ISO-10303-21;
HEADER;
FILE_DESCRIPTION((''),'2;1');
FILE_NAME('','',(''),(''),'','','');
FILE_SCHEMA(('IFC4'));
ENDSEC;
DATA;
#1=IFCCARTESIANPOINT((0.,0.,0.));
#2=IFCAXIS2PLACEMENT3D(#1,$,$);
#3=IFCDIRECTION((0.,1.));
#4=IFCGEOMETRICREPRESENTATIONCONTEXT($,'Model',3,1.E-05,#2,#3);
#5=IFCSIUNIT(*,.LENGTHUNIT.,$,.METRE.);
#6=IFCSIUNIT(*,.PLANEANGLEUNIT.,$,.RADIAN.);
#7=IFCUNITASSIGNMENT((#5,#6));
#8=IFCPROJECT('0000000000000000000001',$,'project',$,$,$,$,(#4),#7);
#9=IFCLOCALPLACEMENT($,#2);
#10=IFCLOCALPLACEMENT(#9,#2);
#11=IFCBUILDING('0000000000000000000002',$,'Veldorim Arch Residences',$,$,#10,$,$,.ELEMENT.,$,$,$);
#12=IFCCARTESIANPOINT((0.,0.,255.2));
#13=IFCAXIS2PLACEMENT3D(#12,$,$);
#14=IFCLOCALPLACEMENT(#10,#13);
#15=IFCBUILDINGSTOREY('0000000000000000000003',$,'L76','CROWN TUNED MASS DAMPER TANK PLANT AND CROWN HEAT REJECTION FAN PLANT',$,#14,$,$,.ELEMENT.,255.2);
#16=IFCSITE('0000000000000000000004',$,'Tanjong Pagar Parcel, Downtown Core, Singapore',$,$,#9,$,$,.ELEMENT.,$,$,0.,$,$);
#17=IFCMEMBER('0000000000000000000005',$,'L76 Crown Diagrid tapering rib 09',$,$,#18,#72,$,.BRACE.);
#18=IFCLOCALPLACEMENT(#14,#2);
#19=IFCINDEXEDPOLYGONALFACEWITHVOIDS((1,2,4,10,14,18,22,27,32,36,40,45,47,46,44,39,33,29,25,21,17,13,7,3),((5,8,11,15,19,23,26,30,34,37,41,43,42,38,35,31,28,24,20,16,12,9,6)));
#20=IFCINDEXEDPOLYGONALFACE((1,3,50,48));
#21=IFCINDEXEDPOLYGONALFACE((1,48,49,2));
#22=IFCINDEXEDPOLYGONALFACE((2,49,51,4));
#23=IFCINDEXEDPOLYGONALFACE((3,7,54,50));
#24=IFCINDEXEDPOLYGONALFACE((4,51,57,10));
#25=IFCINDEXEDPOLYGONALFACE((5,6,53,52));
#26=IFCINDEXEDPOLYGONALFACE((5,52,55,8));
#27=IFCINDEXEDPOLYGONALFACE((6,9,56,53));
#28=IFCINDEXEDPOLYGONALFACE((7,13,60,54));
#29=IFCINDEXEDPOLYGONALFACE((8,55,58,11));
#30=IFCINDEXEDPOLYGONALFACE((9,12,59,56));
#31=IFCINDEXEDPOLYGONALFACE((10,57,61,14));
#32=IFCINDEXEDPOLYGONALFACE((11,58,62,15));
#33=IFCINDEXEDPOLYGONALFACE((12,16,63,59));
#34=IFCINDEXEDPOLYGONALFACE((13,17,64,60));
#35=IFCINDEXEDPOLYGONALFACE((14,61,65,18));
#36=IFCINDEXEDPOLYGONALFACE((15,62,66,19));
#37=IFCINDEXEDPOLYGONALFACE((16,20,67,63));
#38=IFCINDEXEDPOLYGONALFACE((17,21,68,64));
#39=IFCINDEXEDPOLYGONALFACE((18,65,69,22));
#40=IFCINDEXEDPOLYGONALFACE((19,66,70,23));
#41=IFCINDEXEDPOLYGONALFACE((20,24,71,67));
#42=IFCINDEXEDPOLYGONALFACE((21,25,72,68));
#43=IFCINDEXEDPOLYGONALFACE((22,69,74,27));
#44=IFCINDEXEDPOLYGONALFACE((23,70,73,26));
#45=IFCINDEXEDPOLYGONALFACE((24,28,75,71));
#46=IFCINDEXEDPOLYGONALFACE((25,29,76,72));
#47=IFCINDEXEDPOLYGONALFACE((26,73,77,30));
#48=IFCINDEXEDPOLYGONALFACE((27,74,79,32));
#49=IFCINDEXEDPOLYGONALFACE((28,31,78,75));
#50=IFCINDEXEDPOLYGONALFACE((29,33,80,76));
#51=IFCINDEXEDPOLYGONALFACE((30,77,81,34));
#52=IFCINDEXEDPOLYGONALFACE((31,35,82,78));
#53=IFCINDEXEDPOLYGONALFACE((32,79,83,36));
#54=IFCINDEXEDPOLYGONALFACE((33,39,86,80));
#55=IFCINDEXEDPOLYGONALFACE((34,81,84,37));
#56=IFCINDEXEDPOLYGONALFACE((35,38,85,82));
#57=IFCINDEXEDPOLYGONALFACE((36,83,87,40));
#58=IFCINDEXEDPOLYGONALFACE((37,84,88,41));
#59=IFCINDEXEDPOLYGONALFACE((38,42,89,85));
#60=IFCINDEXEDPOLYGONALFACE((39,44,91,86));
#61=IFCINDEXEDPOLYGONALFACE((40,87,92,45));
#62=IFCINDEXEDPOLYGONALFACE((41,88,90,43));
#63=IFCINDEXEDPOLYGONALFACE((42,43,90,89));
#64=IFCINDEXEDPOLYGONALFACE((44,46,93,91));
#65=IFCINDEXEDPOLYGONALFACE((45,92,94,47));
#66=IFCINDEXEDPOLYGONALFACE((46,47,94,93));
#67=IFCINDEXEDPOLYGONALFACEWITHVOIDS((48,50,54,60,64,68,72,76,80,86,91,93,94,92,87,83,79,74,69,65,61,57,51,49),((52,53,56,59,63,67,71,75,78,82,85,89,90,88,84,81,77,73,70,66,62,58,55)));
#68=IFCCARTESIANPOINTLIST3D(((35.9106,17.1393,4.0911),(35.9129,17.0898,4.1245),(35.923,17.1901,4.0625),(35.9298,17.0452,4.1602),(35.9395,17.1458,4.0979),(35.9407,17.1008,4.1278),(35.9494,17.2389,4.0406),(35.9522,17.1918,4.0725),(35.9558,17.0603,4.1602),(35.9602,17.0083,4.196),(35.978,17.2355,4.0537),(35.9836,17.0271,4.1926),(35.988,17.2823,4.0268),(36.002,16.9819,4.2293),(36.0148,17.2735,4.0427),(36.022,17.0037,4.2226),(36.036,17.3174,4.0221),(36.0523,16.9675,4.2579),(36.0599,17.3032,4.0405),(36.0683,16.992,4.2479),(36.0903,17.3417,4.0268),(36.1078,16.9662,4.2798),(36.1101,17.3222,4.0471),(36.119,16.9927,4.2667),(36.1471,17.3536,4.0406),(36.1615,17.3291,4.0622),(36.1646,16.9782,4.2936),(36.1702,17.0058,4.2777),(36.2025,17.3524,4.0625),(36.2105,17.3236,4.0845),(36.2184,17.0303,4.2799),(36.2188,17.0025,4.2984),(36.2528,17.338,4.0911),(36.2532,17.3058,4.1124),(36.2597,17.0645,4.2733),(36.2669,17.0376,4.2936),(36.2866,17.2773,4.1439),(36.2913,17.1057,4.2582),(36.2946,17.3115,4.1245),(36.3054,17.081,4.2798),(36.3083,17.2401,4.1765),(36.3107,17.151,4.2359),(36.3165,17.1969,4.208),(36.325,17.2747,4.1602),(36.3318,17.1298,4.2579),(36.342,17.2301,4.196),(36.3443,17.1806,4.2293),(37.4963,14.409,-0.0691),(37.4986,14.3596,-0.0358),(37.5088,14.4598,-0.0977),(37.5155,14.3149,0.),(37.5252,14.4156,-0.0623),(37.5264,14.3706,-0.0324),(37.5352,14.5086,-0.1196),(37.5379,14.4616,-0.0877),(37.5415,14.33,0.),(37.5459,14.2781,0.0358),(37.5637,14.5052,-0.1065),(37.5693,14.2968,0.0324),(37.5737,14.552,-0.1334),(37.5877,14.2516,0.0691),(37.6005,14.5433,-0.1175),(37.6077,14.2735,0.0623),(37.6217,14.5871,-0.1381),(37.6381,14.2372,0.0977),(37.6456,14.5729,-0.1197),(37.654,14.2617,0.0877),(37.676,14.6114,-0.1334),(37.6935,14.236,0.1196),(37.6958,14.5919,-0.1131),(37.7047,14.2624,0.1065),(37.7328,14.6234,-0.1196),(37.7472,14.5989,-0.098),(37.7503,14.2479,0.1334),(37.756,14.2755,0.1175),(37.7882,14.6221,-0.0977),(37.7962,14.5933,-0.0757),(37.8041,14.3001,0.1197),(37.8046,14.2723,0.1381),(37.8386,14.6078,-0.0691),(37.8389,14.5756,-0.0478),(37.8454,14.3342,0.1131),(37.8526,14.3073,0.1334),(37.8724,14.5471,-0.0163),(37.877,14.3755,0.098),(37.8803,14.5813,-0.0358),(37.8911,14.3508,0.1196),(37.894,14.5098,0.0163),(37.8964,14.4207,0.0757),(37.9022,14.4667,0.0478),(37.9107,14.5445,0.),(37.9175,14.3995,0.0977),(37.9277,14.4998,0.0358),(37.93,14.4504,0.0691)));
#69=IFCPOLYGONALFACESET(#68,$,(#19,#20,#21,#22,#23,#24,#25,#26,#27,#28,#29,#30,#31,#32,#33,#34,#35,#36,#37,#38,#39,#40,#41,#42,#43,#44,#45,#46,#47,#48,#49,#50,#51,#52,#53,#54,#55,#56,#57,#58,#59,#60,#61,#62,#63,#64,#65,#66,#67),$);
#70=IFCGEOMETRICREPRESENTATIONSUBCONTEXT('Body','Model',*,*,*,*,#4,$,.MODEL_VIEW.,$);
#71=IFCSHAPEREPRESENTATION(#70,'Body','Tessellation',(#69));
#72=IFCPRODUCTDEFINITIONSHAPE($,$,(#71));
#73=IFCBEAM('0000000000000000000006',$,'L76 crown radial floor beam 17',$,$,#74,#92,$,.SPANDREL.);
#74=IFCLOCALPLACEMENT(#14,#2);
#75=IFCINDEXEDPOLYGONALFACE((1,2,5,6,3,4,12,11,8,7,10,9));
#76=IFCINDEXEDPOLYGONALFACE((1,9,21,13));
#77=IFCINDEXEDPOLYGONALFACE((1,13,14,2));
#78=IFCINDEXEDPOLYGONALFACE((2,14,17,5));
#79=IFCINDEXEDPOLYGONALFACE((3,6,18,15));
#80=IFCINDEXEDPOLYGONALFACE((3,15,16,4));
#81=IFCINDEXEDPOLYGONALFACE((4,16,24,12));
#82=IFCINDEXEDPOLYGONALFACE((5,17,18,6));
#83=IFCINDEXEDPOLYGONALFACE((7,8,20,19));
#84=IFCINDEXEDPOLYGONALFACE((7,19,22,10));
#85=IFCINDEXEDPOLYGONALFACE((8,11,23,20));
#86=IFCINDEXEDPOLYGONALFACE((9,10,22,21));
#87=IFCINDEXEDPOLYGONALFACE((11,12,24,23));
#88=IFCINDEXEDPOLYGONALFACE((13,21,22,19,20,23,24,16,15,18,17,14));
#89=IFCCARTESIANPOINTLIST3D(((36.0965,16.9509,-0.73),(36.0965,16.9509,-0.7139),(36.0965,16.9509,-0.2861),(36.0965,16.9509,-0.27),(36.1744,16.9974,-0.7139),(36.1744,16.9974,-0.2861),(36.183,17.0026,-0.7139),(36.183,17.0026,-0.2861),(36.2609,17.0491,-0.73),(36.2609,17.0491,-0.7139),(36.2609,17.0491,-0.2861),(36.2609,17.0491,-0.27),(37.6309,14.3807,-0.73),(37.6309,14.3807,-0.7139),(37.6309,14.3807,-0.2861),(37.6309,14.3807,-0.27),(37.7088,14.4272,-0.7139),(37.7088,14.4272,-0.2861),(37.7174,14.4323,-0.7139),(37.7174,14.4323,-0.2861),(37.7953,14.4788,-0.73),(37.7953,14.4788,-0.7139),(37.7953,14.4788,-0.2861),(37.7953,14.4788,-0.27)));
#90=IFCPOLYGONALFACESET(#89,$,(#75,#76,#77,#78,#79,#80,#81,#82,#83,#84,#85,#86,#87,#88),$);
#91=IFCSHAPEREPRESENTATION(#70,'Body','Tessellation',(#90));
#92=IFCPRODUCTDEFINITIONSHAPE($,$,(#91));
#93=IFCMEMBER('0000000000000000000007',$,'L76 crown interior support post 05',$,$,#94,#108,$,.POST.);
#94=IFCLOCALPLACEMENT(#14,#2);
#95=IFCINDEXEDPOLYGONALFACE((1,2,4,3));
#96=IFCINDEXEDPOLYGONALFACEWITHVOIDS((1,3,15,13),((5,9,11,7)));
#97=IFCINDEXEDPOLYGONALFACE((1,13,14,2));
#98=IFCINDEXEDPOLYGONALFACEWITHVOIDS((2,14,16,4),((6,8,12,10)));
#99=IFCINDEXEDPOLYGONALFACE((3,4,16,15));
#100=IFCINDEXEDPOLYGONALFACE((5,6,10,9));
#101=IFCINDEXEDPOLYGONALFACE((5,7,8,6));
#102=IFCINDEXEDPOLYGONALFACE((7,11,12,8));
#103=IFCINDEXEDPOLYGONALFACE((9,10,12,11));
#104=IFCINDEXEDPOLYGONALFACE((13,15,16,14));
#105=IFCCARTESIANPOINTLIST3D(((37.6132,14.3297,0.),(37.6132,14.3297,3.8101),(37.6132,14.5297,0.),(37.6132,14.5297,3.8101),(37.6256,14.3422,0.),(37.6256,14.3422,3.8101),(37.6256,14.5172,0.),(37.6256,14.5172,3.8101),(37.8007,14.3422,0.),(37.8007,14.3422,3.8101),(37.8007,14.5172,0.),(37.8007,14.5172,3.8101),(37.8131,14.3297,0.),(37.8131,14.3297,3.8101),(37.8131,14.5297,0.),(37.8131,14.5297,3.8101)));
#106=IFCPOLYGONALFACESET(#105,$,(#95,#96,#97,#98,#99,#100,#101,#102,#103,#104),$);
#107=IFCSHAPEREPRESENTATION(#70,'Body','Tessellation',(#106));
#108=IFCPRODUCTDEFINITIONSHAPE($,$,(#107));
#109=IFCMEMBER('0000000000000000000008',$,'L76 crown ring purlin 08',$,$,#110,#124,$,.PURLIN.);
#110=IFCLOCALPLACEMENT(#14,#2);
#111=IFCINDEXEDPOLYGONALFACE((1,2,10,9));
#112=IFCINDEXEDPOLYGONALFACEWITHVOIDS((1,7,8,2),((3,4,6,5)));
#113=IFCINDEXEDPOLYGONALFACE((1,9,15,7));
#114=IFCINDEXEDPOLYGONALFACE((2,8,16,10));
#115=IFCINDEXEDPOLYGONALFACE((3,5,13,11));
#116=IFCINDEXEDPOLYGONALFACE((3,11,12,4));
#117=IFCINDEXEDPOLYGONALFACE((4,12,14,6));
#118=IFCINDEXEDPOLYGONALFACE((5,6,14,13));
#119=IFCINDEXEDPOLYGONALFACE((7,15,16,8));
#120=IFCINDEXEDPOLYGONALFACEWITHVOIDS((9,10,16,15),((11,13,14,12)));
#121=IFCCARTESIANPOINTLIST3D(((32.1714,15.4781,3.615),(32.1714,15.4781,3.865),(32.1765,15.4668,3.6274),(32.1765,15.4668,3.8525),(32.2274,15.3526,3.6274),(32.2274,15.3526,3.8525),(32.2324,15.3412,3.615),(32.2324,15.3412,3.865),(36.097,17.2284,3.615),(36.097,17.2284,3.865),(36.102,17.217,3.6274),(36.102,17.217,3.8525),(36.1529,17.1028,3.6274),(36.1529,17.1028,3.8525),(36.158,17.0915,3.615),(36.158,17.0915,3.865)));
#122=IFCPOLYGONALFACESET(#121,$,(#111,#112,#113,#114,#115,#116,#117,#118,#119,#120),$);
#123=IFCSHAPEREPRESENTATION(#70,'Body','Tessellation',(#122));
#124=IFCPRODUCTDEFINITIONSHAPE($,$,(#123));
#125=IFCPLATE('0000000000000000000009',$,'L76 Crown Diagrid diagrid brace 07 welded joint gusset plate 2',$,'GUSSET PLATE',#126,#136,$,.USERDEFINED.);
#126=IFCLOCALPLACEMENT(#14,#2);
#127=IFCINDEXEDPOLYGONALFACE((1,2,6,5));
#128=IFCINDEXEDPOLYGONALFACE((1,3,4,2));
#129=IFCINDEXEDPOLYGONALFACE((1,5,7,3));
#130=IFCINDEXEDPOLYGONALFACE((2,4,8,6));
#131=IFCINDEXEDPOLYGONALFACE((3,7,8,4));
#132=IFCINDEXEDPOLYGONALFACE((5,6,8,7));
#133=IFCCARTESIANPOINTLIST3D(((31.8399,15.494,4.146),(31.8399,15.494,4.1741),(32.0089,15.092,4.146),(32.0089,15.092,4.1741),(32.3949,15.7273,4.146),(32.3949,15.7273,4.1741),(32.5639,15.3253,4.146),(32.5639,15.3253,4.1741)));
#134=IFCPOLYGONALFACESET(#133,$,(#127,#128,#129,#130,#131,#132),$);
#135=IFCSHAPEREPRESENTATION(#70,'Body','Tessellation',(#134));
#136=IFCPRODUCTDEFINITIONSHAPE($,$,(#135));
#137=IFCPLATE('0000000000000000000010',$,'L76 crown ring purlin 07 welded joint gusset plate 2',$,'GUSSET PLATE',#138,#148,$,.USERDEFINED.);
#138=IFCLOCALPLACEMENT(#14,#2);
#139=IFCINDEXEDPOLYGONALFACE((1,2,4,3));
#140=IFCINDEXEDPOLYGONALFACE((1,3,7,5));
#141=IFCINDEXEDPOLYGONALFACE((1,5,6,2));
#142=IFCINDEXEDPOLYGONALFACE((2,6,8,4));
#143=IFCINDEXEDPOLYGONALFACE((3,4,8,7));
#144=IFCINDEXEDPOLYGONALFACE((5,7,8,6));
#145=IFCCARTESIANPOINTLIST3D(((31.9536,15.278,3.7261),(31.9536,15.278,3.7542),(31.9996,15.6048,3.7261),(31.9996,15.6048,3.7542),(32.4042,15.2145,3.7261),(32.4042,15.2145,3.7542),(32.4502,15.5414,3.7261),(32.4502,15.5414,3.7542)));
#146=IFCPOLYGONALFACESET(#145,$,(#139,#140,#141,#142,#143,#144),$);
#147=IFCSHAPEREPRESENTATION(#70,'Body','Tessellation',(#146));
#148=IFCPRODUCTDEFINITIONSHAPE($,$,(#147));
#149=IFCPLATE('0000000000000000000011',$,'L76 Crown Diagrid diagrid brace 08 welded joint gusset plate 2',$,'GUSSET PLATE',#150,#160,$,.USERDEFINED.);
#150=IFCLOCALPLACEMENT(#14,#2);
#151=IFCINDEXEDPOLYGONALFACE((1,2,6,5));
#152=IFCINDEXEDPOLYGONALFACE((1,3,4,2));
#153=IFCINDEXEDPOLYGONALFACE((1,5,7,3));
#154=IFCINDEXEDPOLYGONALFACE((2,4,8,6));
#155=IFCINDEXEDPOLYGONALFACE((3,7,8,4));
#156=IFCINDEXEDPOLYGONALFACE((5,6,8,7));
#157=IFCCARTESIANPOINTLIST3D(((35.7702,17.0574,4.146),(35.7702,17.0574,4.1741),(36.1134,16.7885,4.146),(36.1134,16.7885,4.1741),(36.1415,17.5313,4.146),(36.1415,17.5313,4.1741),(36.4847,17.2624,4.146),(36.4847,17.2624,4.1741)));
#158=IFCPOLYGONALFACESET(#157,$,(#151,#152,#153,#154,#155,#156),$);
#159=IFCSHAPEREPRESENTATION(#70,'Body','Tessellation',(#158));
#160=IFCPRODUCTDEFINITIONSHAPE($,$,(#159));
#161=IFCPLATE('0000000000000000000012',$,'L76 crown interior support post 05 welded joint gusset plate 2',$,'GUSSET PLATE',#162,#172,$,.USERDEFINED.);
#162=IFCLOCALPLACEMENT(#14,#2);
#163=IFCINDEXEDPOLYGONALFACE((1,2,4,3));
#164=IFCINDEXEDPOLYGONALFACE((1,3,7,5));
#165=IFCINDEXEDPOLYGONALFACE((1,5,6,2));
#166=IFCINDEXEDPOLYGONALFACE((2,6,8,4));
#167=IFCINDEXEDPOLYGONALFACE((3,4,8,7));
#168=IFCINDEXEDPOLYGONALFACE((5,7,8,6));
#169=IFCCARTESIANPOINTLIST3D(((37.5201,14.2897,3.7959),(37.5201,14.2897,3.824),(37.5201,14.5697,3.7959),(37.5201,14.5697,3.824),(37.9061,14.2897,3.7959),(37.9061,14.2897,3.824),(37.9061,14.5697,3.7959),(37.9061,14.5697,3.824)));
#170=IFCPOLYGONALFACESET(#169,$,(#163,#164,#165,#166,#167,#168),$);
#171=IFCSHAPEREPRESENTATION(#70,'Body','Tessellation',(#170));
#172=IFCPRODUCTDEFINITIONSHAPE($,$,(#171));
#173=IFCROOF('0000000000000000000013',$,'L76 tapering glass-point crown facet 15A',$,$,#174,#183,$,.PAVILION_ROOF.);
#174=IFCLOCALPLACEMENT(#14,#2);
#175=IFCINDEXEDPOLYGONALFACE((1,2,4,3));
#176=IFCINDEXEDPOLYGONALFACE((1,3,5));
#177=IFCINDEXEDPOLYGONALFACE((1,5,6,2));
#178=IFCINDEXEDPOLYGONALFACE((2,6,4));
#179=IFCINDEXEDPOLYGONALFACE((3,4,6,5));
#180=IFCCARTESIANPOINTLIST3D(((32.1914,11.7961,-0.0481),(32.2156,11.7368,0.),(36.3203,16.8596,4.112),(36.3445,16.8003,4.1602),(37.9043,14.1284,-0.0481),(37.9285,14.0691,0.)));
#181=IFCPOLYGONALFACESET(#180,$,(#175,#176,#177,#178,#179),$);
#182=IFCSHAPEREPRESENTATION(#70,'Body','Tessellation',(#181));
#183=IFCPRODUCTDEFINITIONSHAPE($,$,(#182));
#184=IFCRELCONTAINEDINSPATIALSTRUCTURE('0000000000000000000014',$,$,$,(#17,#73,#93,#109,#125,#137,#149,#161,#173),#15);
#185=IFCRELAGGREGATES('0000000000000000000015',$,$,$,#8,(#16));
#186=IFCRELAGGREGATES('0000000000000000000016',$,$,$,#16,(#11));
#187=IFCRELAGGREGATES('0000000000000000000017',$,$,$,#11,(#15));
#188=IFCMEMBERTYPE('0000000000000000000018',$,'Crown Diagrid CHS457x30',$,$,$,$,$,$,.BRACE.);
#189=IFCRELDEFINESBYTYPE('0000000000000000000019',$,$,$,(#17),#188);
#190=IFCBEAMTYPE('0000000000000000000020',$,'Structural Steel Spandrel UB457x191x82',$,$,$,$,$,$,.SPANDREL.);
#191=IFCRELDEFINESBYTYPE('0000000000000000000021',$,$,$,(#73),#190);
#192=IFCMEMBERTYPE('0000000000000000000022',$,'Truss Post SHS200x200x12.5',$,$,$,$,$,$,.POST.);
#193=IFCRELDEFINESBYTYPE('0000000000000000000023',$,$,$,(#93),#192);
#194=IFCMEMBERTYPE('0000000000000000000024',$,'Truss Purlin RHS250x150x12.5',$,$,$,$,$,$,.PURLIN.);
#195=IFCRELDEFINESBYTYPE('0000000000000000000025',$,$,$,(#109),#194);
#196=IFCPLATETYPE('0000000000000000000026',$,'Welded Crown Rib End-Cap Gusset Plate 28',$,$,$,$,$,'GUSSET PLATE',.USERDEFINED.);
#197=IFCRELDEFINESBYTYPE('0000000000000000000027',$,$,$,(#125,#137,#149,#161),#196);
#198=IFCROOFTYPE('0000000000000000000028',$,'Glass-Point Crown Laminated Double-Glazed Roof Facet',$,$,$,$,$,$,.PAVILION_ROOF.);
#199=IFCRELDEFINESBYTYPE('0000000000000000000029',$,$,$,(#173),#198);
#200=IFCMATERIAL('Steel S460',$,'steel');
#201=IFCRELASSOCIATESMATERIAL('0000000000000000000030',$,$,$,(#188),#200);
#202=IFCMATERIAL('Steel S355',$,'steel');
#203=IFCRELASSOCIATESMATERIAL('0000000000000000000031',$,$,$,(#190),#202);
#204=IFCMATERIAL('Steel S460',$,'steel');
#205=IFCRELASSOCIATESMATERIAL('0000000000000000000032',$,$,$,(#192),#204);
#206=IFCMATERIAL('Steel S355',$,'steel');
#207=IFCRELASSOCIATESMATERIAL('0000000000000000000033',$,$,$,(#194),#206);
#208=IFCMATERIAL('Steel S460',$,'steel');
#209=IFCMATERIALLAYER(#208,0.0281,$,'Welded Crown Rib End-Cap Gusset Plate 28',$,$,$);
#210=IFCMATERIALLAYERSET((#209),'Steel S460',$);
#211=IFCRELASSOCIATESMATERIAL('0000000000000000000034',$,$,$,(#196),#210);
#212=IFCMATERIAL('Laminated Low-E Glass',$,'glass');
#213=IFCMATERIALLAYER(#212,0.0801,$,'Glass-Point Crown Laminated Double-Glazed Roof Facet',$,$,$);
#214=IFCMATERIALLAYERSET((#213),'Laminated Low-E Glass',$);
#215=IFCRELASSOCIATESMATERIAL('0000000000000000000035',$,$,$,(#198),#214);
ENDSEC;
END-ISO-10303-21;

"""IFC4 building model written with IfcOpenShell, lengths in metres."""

from ifc_helpers import new_model, si_unit, direction, frame, origin, origin_2d, place, context, subcontext, project, spatial, polyline, rectangle, hollow_rectangle, hollow_circle, i_section, outline, extrude, material, layer, layer_set, material_profile, profile_set, type_object, element, save


model = new_model("IFC4")

# Units and contexts
model_context = context("Model", 3, precision=1e-05, world=origin(), true_north=direction((0.0, 1.0)))
body_context = subcontext(model_context, "Body", "Model", "MODEL_VIEW")
ifc_project = project(units=[si_unit("LENGTHUNIT", "METRE"), si_unit("PLANEANGLEUNIT", "RADIAN")], contexts=[model_context])

# Site, building, storey
site_placement = place(None, origin())
site = spatial("IfcSite", under=ifc_project, at=site_placement, Name="Tanjong Pagar Parcel, Downtown Core, Singapore", CompositionType="ELEMENT", RefElevation=0.0)
building_placement = place(site_placement, origin())
building = spatial("IfcBuilding", under=site, at=building_placement, Name="Veldorim Arch Residences", CompositionType="ELEMENT")
storey_placement = place(building_placement, frame((0.0, 0.0, 255.2)))
storey = spatial("IfcBuildingStorey", under=building, at=storey_placement, Name="L76", Description="CROWN TUNED MASS DAMPER TANK PLANT AND CROWN HEAT REJECTION FAN PLANT", CompositionType="ELEMENT", Elevation=255.2)

# Member
ifc_material_1 = material(Name="Steel S460", Category="steel")
ifc_material_profile_1 = material_profile(ifc_material_1, hollow_circle(Radius=0.2285, WallThickness=0.03, at=origin_2d()), Name="CHS457x30")
ifc_profile_set_1 = profile_set([ifc_material_profile_1], Name="Steel S460")
member_type_1 = type_object("IfcMemberType", Name="Crown Diagrid CHS457x30", PredefinedType="BRACE", material=ifc_profile_set_1)
member_1_placement = place(storey_placement, frame((37.7131, 14.4297, 0.0), z_axis=(-0.303622, 0.522772, 0.79657), x_axis=(-0.864734, -0.502231, 0.0)))
element("IfcMember", 1, at=member_1_placement, inside=storey, type_object=member_type_1, Name="L76 Crown Diagrid tapering rib 09", PredefinedType="BRACE", context=body_context, shape_type="SweptSolid", body=[
    extrude(hollow_circle(Radius=0.2285, WallThickness=0.03, at=origin_2d()), origin(), (0.0, 0.0, 1.0), 5.2227),
])

# Beam
ifc_material_2 = material(Name="Steel S355", Category="steel")
ifc_material_profile_2 = material_profile(ifc_material_2, i_section(OverallWidth=0.1914, OverallDepth=0.46, WebThickness=0.01, FlangeThickness=0.0161, at=origin_2d()), Name="UB457x191x82")
ifc_profile_set_2 = profile_set([ifc_material_profile_2], Name="Steel S355")
beam_type = type_object("IfcBeamType", Name="Structural Steel Spandrel UB457x191x82", PredefinedType="SPANDREL", material=ifc_profile_set_2)
beam_placement = place(storey_placement, frame((36.1787, 17.0, -0.5), z_axis=(0.512587, -0.858635, 0.0), x_axis=(0.858635, 0.512587, 0.0)))
element("IfcBeam", 2, at=beam_placement, inside=storey, type_object=beam_type, Name="L76 crown radial floor beam 17", PredefinedType="SPANDREL", context=body_context, shape_type="SweptSolid", body=[
    extrude(i_section(OverallWidth=0.1914, OverallDepth=0.46, WebThickness=0.01, FlangeThickness=0.0161, at=origin_2d()), origin(), (0.0, 0.0, 1.0), 2.9934),
])

# Members
ifc_material_3 = material(Name="Steel S460", Category="steel")
ifc_material_profile_3 = material_profile(ifc_material_3, hollow_rectangle(XDim=0.2, YDim=0.2, WallThickness=0.0125, at=origin_2d()), Name="SHS200x200x12.5")
ifc_profile_set_3 = profile_set([ifc_material_profile_3], Name="Steel S460")
member_type_2 = type_object("IfcMemberType", Name="Truss Post SHS200x200x12.5", PredefinedType="POST", material=ifc_profile_set_3)
member_2_placement = place(storey_placement, frame((37.7131, 14.4297, 0.0), z_axis=(0.0, 0.0, 1.0), x_axis=(1.0, 0.0, 0.0)))
element("IfcMember", 3, at=member_2_placement, inside=storey, type_object=member_type_2, Name="L76 crown interior support post 05", PredefinedType="POST", context=body_context, shape_type="SweptSolid", body=[
    extrude(hollow_rectangle(XDim=0.2, YDim=0.2, WallThickness=0.0125, at=origin_2d()), origin(), (0.0, 0.0, 1.0), 3.8101),
])
ifc_material_4 = material(Name="Steel S355", Category="steel")
ifc_material_profile_4 = material_profile(ifc_material_4, hollow_rectangle(XDim=0.1499, YDim=0.25, WallThickness=0.0125, at=origin_2d()), Name="RHS250x150x12.5")
ifc_profile_set_4 = profile_set([ifc_material_profile_4], Name="Steel S355")
member_type_3 = type_object("IfcMemberType", Name="Truss Purlin RHS250x150x12.5", PredefinedType="PURLIN", material=ifc_profile_set_4)
member_3_placement = place(storey_placement, frame((32.2019, 15.4097, 3.74), z_axis=(0.913331, 0.407219, 0.0), x_axis=(-0.407219, 0.913331, 0.0)))
element("IfcMember", 4, at=member_3_placement, inside=storey, type_object=member_type_3, Name="L76 crown ring purlin 08", PredefinedType="PURLIN", context=body_context, shape_type="SweptSolid", body=[
    extrude(hollow_rectangle(XDim=0.1499, YDim=0.25, WallThickness=0.0125, at=origin_2d()), origin(), (0.0, 0.0, 1.0), 4.2981),
])

# Plates
ifc_material_5 = material(Name="Steel S460", Category="steel")
ifc_layer_1 = layer(ifc_material_5, 0.0281, Name="Welded Crown Rib End-Cap Gusset Plate 28")
ifc_layer_set_1 = layer_set([ifc_layer_1], Name="Steel S460")
plate_type = type_object("IfcPlateType", Name="Welded Crown Rib End-Cap Gusset Plate 28", ElementType="GUSSET PLATE", PredefinedType="USERDEFINED", material=ifc_layer_set_1)
plate_1_placement = place(storey_placement, frame((32.2019, 15.4097, 4.146), z_axis=(0.0, 0.0, 1.0), x_axis=(0.921883, 0.387467, 0.0)))
element("IfcPlate", 5, at=plate_1_placement, inside=storey, type_object=plate_type, Name="L76 Crown Diagrid diagrid brace 07 welded joint gusset plate 2", ObjectType="GUSSET PLATE", PredefinedType="USERDEFINED", context=body_context, shape_type="SweptSolid", body=[
    extrude(rectangle(XDim=0.6021, YDim=0.436, at=origin_2d()), origin(), (0.0, 0.0, 1.0), 0.0281),
])
plate_2_placement = place(storey_placement, frame((32.2019, 15.4097, 3.7261), z_axis=(0.0, 0.0, 1.0), x_axis=(0.990222, -0.139501, 0.0)))
element("IfcPlate", 6, at=plate_2_placement, inside=storey, type_object=plate_type, Name="L76 crown ring purlin 07 welded joint gusset plate 2", ObjectType="GUSSET PLATE", PredefinedType="USERDEFINED", context=body_context, shape_type="SweptSolid", body=[
    extrude(rectangle(XDim=0.4551, YDim=0.3301, at=origin_2d()), origin(), (0.0, 0.0, 1.0), 0.0281),
])
plate_3_placement = place(storey_placement, frame((36.1274, 17.1599, 4.146), z_axis=(0.0, 0.0, 1.0), x_axis=(0.616679, 0.787215, 0.0)))
element("IfcPlate", 7, at=plate_3_placement, inside=storey, type_object=plate_type, Name="L76 Crown Diagrid diagrid brace 08 welded joint gusset plate 2", ObjectType="GUSSET PLATE", PredefinedType="USERDEFINED", context=body_context, shape_type="SweptSolid", body=[
    extrude(rectangle(XDim=0.6021, YDim=0.436, at=origin_2d()), origin(), (0.0, 0.0, 1.0), 0.0281),
])
plate_4_placement = place(storey_placement, frame((37.7131, 14.4297, 3.7959), z_axis=(0.0, 0.0, 1.0), x_axis=(1.0, 0.0, 0.0)))
element("IfcPlate", 8, at=plate_4_placement, inside=storey, type_object=plate_type, Name="L76 crown interior support post 05 welded joint gusset plate 2", ObjectType="GUSSET PLATE", PredefinedType="USERDEFINED", context=body_context, shape_type="SweptSolid", body=[
    extrude(rectangle(XDim=0.386, YDim=0.28, at=origin_2d()), origin(), (0.0, 0.0, 1.0), 0.0281),
])

# Roof
ifc_material_6 = material(Name="Laminated Low-E Glass", Category="glass")
ifc_layer_2 = layer(ifc_material_6, 0.0801, Name="Glass-Point Crown Laminated Double-Glazed Roof Facet")
ifc_layer_set_2 = layer_set([ifc_layer_2], Name="Laminated Low-E Glass")
roof_type = type_object("IfcRoofType", Name="Glass-Point Crown Laminated Double-Glazed Roof Facet", PredefinedType="PAVILION_ROOF", material=ifc_layer_set_2)
roof_1_placement = place(storey_placement, frame((32.2156, 11.7368, 0.0), z_axis=(0.302121, -0.740043, 0.600882), x_axis=(0.92582, 0.377964, 0.0)))
element("IfcRoof", 9, at=roof_1_placement, inside=storey, type_object=roof_type, Name="L76 tapering glass-point crown facet 15A", PredefinedType="PAVILION_ROOF", context=body_context, shape_type="SweptSolid", body=[
    extrude(outline(polyline([(0.0, 0.0), (6.1706, 0.0), (5.7364, 5.2045), (0.0, 0.0)])), origin(), (0.0, 0.0, -1.0), 0.0801),
])

save(model, "model.ifc")
